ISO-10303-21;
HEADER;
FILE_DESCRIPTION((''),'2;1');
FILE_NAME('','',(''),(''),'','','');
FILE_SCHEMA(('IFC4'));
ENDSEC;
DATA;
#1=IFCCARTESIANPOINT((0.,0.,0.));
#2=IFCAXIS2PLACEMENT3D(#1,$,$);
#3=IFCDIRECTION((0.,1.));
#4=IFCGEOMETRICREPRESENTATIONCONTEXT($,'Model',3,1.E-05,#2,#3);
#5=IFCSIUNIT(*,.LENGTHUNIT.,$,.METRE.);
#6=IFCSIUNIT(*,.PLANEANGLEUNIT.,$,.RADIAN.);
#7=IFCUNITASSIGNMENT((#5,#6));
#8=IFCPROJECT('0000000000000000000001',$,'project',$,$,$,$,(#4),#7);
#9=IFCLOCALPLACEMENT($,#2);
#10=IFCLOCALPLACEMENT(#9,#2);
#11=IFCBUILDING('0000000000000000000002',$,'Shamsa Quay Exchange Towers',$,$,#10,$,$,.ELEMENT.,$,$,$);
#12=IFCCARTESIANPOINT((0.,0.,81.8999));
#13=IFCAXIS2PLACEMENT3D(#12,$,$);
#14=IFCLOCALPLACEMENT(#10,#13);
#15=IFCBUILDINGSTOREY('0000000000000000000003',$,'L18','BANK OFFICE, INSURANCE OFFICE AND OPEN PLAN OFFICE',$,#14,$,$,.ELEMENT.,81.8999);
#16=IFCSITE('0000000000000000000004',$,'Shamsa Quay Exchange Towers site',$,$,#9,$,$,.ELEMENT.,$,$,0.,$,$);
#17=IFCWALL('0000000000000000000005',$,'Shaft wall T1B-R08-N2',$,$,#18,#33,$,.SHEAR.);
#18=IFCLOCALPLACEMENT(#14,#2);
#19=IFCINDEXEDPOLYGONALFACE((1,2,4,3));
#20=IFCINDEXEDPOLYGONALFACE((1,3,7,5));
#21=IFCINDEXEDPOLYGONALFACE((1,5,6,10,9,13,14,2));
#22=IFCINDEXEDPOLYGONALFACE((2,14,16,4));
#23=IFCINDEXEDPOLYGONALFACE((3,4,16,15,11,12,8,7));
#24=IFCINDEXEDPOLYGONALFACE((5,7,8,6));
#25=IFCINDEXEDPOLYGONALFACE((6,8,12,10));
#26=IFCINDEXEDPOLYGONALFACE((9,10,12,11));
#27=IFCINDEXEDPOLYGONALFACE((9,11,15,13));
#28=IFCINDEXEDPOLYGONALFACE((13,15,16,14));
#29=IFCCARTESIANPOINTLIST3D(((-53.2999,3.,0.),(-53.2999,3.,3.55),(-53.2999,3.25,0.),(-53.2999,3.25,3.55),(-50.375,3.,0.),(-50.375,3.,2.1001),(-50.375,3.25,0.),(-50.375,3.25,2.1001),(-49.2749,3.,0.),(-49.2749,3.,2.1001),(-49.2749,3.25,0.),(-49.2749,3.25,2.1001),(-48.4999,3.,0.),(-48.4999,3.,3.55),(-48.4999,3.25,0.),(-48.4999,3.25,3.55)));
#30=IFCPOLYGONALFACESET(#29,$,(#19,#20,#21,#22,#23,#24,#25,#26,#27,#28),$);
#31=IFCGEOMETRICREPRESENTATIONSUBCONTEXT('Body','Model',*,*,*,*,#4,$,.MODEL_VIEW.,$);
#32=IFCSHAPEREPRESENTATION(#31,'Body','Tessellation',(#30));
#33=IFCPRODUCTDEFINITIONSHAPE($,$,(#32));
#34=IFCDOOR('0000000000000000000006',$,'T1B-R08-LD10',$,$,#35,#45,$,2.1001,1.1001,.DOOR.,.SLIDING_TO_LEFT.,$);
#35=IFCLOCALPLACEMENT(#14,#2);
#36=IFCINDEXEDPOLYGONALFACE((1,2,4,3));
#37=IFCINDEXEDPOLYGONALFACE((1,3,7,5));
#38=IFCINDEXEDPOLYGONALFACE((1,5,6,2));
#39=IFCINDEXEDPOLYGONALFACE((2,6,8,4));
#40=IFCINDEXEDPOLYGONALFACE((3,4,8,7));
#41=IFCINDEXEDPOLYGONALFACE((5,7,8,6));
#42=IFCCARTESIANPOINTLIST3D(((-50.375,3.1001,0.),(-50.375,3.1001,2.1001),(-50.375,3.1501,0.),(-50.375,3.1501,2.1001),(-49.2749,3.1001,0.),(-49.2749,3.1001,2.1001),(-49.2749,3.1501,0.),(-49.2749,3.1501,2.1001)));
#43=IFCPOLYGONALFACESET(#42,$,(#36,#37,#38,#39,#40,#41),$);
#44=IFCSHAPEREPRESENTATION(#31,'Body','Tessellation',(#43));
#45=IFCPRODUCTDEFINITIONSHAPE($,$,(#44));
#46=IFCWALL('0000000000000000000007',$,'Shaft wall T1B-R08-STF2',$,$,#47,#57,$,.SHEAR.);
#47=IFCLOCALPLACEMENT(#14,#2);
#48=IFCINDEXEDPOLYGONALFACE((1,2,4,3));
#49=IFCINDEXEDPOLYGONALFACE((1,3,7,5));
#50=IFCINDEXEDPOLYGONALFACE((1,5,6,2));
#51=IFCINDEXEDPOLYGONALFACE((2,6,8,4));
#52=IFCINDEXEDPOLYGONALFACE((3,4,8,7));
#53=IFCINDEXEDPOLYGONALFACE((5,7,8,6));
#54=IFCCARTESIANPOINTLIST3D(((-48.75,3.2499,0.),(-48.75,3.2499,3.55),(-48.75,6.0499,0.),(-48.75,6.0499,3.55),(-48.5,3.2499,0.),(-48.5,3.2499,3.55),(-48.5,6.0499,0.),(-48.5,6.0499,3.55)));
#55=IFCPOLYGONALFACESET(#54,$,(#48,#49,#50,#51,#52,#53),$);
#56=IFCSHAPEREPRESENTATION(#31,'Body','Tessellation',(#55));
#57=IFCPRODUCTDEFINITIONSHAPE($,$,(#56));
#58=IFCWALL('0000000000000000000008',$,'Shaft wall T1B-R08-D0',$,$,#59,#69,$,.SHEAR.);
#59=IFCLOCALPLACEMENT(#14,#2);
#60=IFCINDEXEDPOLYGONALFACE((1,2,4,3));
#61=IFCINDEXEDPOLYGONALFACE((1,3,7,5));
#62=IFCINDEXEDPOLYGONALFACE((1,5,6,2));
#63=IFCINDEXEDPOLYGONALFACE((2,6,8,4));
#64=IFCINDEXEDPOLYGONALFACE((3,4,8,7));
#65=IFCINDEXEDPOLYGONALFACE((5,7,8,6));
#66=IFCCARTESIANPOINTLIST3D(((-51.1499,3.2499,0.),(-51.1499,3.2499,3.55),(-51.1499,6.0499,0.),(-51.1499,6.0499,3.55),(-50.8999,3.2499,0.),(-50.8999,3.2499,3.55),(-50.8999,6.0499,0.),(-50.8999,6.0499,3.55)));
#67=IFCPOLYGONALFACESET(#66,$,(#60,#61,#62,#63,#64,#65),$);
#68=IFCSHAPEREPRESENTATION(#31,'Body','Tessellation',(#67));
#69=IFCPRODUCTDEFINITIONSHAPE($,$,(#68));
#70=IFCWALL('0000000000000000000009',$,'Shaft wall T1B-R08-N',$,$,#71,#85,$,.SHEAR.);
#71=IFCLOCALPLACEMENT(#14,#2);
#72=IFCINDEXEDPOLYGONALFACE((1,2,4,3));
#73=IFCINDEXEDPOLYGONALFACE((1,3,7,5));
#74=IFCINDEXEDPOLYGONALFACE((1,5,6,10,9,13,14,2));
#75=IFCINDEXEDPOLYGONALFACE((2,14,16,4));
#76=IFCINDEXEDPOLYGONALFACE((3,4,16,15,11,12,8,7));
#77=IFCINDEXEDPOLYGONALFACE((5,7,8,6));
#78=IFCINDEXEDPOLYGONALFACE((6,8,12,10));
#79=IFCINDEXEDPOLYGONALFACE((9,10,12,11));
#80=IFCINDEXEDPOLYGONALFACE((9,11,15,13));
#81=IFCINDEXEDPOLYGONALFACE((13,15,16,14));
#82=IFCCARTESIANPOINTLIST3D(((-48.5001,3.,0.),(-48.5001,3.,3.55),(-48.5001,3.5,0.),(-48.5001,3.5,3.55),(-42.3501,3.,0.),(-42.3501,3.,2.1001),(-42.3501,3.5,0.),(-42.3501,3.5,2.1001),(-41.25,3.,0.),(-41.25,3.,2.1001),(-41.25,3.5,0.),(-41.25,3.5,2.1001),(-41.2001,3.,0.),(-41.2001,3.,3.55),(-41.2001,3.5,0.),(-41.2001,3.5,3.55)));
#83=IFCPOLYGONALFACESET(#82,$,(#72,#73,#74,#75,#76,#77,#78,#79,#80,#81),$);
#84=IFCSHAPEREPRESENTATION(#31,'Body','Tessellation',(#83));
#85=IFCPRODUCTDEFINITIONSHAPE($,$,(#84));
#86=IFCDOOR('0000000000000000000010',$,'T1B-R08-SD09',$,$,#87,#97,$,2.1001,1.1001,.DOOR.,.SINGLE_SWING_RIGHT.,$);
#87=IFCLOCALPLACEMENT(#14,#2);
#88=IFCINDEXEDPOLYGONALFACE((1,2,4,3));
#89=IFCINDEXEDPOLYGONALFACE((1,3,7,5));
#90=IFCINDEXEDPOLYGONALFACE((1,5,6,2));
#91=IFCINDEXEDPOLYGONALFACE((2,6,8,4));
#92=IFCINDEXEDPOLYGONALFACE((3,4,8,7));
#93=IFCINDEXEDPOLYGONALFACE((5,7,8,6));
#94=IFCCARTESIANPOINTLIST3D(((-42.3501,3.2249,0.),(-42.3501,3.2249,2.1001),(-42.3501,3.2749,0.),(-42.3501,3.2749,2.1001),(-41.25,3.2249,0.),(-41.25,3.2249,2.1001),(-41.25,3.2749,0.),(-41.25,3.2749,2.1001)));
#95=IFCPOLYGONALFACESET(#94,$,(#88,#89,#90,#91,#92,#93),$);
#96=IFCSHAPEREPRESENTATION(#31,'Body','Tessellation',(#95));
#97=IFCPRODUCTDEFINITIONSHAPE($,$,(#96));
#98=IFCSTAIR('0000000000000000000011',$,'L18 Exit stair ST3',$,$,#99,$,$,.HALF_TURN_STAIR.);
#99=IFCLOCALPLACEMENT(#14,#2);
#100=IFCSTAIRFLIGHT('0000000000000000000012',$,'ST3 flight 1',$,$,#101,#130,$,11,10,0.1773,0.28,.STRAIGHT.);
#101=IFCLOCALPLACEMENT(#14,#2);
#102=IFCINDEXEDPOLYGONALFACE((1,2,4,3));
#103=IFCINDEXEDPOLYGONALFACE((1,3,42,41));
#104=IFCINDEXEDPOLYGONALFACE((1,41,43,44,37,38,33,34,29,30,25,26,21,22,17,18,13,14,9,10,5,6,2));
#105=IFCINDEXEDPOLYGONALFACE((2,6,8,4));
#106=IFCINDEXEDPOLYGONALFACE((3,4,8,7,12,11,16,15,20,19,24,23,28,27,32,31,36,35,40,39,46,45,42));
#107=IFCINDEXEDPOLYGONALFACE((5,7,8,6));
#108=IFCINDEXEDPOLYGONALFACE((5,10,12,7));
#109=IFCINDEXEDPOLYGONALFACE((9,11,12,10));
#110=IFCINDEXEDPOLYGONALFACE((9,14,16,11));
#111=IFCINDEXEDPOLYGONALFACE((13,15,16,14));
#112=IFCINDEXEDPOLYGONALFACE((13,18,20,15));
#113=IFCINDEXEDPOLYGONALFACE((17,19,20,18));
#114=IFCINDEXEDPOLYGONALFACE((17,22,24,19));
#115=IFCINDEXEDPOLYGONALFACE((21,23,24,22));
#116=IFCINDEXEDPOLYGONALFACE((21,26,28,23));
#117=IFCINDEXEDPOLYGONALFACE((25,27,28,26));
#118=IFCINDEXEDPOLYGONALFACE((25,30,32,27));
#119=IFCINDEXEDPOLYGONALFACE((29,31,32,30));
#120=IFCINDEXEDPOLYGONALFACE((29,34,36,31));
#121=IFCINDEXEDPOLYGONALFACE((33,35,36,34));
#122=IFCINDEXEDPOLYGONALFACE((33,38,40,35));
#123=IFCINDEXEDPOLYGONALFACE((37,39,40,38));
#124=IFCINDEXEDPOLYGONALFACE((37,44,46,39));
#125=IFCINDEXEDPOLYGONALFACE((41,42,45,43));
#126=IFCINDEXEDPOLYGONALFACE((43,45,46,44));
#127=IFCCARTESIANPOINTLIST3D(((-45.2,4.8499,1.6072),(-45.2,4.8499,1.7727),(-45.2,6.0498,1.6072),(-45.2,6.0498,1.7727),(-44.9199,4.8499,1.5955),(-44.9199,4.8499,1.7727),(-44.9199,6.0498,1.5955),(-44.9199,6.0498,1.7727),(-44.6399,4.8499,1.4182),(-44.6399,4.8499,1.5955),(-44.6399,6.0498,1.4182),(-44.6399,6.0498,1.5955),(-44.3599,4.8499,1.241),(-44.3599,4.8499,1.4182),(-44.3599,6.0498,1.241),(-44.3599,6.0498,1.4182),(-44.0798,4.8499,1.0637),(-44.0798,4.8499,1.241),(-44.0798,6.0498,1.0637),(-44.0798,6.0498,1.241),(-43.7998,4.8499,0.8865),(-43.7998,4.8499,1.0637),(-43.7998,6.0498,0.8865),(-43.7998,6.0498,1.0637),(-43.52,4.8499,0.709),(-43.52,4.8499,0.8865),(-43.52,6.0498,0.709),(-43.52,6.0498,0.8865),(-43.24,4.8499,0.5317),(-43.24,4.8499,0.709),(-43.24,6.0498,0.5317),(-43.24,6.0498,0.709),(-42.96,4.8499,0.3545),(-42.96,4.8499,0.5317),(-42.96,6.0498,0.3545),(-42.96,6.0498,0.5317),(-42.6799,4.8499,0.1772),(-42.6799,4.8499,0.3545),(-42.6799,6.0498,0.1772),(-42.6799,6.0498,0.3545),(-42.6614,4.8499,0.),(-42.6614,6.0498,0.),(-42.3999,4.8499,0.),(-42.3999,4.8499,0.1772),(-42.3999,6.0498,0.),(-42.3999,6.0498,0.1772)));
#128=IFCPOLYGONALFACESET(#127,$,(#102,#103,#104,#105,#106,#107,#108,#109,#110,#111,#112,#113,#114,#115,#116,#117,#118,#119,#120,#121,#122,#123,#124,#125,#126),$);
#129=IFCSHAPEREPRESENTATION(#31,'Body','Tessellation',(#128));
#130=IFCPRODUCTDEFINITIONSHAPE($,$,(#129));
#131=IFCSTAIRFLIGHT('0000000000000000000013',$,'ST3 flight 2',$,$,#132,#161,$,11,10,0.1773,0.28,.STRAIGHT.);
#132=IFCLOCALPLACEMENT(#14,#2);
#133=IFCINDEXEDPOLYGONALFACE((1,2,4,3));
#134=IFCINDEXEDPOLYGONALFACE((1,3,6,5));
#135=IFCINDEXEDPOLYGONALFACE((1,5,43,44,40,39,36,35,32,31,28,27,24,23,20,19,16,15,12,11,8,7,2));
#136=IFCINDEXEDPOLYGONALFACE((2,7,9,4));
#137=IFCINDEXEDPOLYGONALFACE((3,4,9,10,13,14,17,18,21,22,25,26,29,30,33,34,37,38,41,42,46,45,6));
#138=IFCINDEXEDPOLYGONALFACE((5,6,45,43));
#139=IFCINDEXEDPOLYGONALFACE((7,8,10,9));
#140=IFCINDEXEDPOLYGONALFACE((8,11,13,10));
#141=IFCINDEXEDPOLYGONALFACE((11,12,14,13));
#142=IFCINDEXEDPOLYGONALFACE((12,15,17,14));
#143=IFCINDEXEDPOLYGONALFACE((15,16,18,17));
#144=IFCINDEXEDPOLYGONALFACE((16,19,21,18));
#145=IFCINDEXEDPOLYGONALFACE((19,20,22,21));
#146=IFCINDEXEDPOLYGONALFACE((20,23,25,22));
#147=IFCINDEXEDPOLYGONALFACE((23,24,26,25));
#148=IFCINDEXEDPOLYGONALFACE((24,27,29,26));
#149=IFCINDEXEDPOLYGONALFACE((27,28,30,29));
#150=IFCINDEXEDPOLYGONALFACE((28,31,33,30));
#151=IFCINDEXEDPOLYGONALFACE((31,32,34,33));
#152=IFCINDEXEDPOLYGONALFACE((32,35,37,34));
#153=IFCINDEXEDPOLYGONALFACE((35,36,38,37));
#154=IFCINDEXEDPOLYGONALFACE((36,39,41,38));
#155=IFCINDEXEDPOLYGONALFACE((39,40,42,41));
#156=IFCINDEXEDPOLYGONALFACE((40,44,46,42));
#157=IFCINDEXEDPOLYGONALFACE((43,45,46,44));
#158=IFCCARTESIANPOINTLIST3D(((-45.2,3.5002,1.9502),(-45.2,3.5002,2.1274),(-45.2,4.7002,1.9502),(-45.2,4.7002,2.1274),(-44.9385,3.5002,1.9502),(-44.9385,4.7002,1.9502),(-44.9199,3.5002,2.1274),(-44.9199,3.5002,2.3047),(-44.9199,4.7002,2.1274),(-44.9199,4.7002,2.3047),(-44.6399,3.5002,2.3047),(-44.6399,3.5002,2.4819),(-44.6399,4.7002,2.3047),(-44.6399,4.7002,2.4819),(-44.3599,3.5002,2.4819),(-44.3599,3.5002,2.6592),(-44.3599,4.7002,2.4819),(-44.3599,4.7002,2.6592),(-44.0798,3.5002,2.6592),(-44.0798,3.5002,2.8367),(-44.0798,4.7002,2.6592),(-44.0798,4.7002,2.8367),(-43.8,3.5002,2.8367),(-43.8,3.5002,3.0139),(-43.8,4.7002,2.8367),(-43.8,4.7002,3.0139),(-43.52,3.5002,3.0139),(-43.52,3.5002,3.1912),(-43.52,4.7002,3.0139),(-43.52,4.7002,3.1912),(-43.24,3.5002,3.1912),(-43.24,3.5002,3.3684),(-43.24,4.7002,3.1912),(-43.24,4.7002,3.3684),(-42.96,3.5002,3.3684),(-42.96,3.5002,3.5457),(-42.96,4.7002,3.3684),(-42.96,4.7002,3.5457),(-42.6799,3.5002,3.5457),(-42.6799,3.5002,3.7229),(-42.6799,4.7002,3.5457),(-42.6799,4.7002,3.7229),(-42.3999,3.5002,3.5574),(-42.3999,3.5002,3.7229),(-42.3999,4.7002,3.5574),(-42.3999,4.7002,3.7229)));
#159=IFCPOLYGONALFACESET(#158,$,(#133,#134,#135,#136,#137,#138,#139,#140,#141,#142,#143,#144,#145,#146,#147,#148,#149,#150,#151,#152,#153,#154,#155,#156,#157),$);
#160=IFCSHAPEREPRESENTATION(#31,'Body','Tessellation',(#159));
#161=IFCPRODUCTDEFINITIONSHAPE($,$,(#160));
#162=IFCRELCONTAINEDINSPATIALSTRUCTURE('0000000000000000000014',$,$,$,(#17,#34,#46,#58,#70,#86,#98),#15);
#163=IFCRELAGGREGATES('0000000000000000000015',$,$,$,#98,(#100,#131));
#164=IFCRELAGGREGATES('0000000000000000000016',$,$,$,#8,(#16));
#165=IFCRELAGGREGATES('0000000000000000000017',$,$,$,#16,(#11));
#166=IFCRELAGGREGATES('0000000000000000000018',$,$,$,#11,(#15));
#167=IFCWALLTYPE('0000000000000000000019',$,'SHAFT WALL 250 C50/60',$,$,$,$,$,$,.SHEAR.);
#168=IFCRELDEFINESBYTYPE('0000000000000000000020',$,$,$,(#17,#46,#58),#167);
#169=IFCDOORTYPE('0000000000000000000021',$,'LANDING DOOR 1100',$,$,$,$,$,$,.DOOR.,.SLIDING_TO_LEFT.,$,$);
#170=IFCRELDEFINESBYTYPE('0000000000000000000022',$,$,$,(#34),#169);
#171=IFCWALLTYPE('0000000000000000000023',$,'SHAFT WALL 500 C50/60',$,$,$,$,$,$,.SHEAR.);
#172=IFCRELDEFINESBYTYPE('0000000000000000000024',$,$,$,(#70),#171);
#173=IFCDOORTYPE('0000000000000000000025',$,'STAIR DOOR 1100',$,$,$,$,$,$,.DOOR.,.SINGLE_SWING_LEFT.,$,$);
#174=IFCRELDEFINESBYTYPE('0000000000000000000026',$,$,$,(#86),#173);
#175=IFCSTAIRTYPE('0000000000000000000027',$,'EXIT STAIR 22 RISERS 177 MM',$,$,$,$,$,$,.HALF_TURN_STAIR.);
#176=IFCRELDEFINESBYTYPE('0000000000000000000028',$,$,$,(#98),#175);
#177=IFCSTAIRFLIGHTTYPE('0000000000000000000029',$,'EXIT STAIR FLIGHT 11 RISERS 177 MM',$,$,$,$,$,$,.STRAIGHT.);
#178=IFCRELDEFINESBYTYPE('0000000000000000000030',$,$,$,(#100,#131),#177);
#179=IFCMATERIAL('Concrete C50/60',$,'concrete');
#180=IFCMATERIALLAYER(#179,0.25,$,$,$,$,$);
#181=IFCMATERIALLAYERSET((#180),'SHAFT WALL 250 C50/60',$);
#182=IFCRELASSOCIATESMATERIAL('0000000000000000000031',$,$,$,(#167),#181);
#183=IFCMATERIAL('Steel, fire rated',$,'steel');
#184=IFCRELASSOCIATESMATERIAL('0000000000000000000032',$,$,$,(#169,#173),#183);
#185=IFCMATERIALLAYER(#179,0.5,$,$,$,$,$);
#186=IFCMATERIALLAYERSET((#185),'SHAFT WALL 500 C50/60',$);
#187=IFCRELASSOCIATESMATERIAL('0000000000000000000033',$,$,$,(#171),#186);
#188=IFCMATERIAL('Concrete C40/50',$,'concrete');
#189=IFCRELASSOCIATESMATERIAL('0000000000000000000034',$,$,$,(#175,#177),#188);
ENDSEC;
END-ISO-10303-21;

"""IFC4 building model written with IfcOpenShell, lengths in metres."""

from ifc_helpers import new_model, si_unit, direction, frame, frame_2d, origin, place, context, subcontext, project, spatial, polyline, rectangle, outline, extrude, material, layer, layer_set, type_object, element, fill, aggregate, save


model = new_model("IFC4")

# Units and contexts
model_context = context("Model", 3, precision=1e-05, world=origin(), true_north=direction((0.0, 1.0)))
body_context = subcontext(model_context, "Body", "Model", "MODEL_VIEW")
ifc_project = project(units=[si_unit("LENGTHUNIT", "METRE"), si_unit("PLANEANGLEUNIT", "RADIAN")], contexts=[model_context])

# Site, building, storey
site_placement = place(None, origin())
site = spatial("IfcSite", under=ifc_project, at=site_placement, Name="Shamsa Quay Exchange Towers site", CompositionType="ELEMENT", RefElevation=0.0)
building_placement = place(site_placement, origin())
building = spatial("IfcBuilding", under=site, at=building_placement, Name="Shamsa Quay Exchange Towers", CompositionType="ELEMENT")
storey_placement = place(building_placement, frame((0.0, 0.0, 81.8999)))
storey = spatial("IfcBuildingStorey", under=building, at=storey_placement, Name="L18", Description="BANK OFFICE, INSURANCE OFFICE AND OPEN PLAN OFFICE", CompositionType="ELEMENT", Elevation=81.8999)

# Wall, opening, door
ifc_material_1 = material(Name="Concrete C50/60", Category="concrete")
ifc_layer_1 = layer(ifc_material_1, 0.25)
ifc_layer_set_1 = layer_set([ifc_layer_1], Name="SHAFT WALL 250 C50/60")
wall_type_1 = type_object("IfcWallType", Name="SHAFT WALL 250 C50/60", PredefinedType="SHEAR", material=ifc_layer_set_1)
wall_1_placement = place(storey_placement, frame((-48.5, 3.125, 0.0), z_axis=(0.0, 0.0, 1.0), x_axis=(-1.0, 0.0, 0.0)))
wall_1 = element("IfcWall", 1, at=wall_1_placement, inside=storey, type_object=wall_type_1, Name="Shaft wall T1B-R08-N2", PredefinedType="SHEAR", context=body_context, shape_type="SweptSolid", body=[
    extrude(rectangle(XDim=4.8, YDim=0.25, at=frame_2d((2.3999, 0.0))), origin(), (0.0, 0.0, 1.0), 3.55),
])
opening_1_placement = place(wall_1_placement, frame((0.7749, 0.0, 0.0)))
opening_1 = element("IfcOpeningElement", 2, at=opening_1_placement, cuts=wall_1, PredefinedType="OPENING", context=body_context, shape_type="SweptSolid", body=[
    extrude(rectangle(XDim=1.1001, YDim=2.1001, at=frame_2d((0.55, 1.05))), frame((0.0, 0.135, 0.0), z_axis=(0.0, -1.0, 0.0), x_axis=(1.0, 0.0, 0.0)), (0.0, 0.0, 1.0), 0.27),
])
ifc_material_2 = material(Name="Steel, fire rated", Category="steel")
door_type_1 = type_object("IfcDoorType", Name="LANDING DOOR 1100", OperationType="SLIDING_TO_LEFT", PredefinedType="DOOR", material=ifc_material_2)
door_1_placement = place(opening_1_placement, origin())
door_1 = element("IfcDoor", 3, at=door_1_placement, inside=storey, type_object=door_type_1, Name="T1B-R08-LD10", OperationType="SLIDING_TO_LEFT", OverallHeight=2.1001, OverallWidth=1.1001, PredefinedType="DOOR", context=body_context, shape_type="SweptSolid", body=[
    extrude(rectangle(XDim=1.1001, YDim=2.1001, at=frame_2d((0.55, 1.05))), frame((0.0, 0.0249, 0.0), z_axis=(0.0, -1.0, 0.0), x_axis=(1.0, 0.0, 0.0)), (0.0, 0.0, 1.0), 0.05),
])
fill(opening_1, door_1)

# Walls
for number, where, z_axis, x_axis, name in (
    (4, (-48.625, 3.25, 0.0), (0.0, 0.0, 1.0), (0.0, 1.0, 0.0), "Shaft wall T1B-R08-STF2"),
    (5, (-51.0249, 3.25, 0.0), (0.0, 0.0, 1.0), (0.0, 1.0, 0.0), "Shaft wall T1B-R08-D0"),
):
    element("IfcWall", number, at=place(storey_placement, frame(where, z_axis=z_axis, x_axis=x_axis)), inside=storey, type_object=wall_type_1, Name=name, PredefinedType="SHEAR", context=body_context, shape_type="SweptSolid", body=[
        extrude(rectangle(XDim=2.8, YDim=0.25, at=frame_2d((1.3999, 0.0))), origin(), (0.0, 0.0, 1.0), 3.55),
    ])

# Wall, opening, door
ifc_layer_2 = layer(ifc_material_1, 0.5)
ifc_layer_set_2 = layer_set([ifc_layer_2], Name="SHAFT WALL 500 C50/60")
wall_type_2 = type_object("IfcWallType", Name="SHAFT WALL 500 C50/60", PredefinedType="SHEAR", material=ifc_layer_set_2)
wall_2_placement = place(storey_placement, frame((-48.5, 3.25, 0.0)))
wall_2 = element("IfcWall", 6, at=wall_2_placement, inside=storey, type_object=wall_type_2, Name="Shaft wall T1B-R08-N", PredefinedType="SHEAR", context=body_context, shape_type="SweptSolid", body=[
    extrude(rectangle(XDim=7.3, YDim=0.5, at=frame_2d((3.6499, 0.0))), origin(), (0.0, 0.0, 1.0), 3.55),
])
opening_2_placement = place(wall_2_placement, frame((6.1499, 0.0, 0.0)))
opening_2 = element("IfcOpeningElement", 7, at=opening_2_placement, cuts=wall_2, PredefinedType="OPENING", context=body_context, shape_type="SweptSolid", body=[
    extrude(rectangle(XDim=1.1001, YDim=2.1001, at=frame_2d((0.55, 1.05))), frame((0.0, 0.26, 0.0), z_axis=(0.0, -1.0, 0.0), x_axis=(1.0, 0.0, 0.0)), (0.0, 0.0, 1.0), 0.52),
])
door_type_2 = type_object("IfcDoorType", Name="STAIR DOOR 1100", OperationType="SINGLE_SWING_LEFT", PredefinedType="DOOR", material=ifc_material_2)
door_2_placement = place(opening_2_placement, origin())
door_2 = element("IfcDoor", 8, at=door_2_placement, inside=storey, type_object=door_type_2, Name="T1B-R08-SD09", OperationType="SINGLE_SWING_RIGHT", OverallHeight=2.1001, OverallWidth=1.1001, PredefinedType="DOOR", context=body_context, shape_type="SweptSolid", body=[
    extrude(rectangle(XDim=1.1001, YDim=2.1001, at=frame_2d((0.55, 1.05))), frame((0.0, 0.0249, 0.0), z_axis=(0.0, -1.0, 0.0), x_axis=(1.0, 0.0, 0.0)), (0.0, 0.0, 1.0), 0.05),
])
fill(opening_2, door_2)

# Stair, stair flights
ifc_material_3 = material(Name="Concrete C40/50", Category="concrete")
stair_type = type_object("IfcStairType", Name="EXIT STAIR 22 RISERS 177 MM", PredefinedType="HALF_TURN_STAIR", material=ifc_material_3)
stair_placement = place(storey_placement, origin())
stair = element("IfcStair", 9, at=stair_placement, inside=storey, type_object=stair_type, Name="L18 Exit stair ST3", PredefinedType="HALF_TURN_STAIR")
stair_flight_type = type_object("IfcStairFlightType", Name="EXIT STAIR FLIGHT 11 RISERS 177 MM", PredefinedType="STRAIGHT", material=ifc_material_3)
stair_flight_1_placement = place(storey_placement, frame((-42.3999, 5.45, 0.0), z_axis=(0.0, 0.0, 1.0), x_axis=(-1.0, 0.0, 0.0)))
stair_flight_1 = element("IfcStairFlight", 10, at=stair_flight_1_placement, type_object=stair_flight_type, Name="ST3 flight 1", NumberOfRisers=11, NumberOfTreads=10, PredefinedType="STRAIGHT", RiserHeight=0.1773, TreadLength=0.28, context=body_context, shape_type="SweptSolid", body=[
    extrude(outline(polyline([(0.0, 0.0), (0.0, 0.1772), (0.28, 0.1772), (0.28, 0.3545), (0.5601, 0.3545), (0.5601, 0.5317), (0.8401, 0.5317), (0.8401, 0.709), (1.1201, 0.709), (1.1201, 0.8865), (1.3999, 0.8865), (1.3999, 1.0637), (1.6799, 1.0637), (1.6799, 1.241), (1.96, 1.241), (1.96, 1.4182), (2.24, 1.4182), (2.24, 1.5955), (2.52, 1.5955), (2.52, 1.7727), (2.8, 1.7727), (2.8, 1.95), (2.8, 1.6072), (0.2615, 0.0), (0.0, 0.0)])), frame((0.0, 0.6001, 0.0), z_axis=(0.0, -1.0, 0.0), x_axis=(1.0, 0.0, 0.0)), (0.0, 0.0, 1.0), 1.2),
])
stair_flight_2_placement = place(storey_placement, frame((-45.2, 4.1001, 1.9502)))
stair_flight_2 = element("IfcStairFlight", 11, at=stair_flight_2_placement, type_object=stair_flight_type, Name="ST3 flight 2", NumberOfRisers=11, NumberOfTreads=10, PredefinedType="STRAIGHT", RiserHeight=0.1773, TreadLength=0.28, context=body_context, shape_type="SweptSolid", body=[
    extrude(outline(polyline([(0.0, 0.0), (0.0, 0.1772), (0.28, 0.1772), (0.28, 0.3545), (0.5601, 0.3545), (0.5601, 0.5317), (0.8401, 0.5317), (0.8401, 0.709), (1.1201, 0.709), (1.1201, 0.8865), (1.3999, 0.8865), (1.3999, 1.0637), (1.6799, 1.0637), (1.6799, 1.241), (1.96, 1.241), (1.96, 1.4182), (2.24, 1.4182), (2.24, 1.5955), (2.52, 1.5955), (2.52, 1.7727), (2.8, 1.7727), (2.8, 1.95), (2.8, 1.6072), (0.2615, 0.0), (0.0, 0.0)])), frame((0.0, 0.6001, 0.0), z_axis=(0.0, -1.0, 0.0), x_axis=(1.0, 0.0, 0.0)), (0.0, 0.0, 1.0), 1.2),
])
aggregate(stair, [stair_flight_1, stair_flight_2])

save(model, "model.ifc")
